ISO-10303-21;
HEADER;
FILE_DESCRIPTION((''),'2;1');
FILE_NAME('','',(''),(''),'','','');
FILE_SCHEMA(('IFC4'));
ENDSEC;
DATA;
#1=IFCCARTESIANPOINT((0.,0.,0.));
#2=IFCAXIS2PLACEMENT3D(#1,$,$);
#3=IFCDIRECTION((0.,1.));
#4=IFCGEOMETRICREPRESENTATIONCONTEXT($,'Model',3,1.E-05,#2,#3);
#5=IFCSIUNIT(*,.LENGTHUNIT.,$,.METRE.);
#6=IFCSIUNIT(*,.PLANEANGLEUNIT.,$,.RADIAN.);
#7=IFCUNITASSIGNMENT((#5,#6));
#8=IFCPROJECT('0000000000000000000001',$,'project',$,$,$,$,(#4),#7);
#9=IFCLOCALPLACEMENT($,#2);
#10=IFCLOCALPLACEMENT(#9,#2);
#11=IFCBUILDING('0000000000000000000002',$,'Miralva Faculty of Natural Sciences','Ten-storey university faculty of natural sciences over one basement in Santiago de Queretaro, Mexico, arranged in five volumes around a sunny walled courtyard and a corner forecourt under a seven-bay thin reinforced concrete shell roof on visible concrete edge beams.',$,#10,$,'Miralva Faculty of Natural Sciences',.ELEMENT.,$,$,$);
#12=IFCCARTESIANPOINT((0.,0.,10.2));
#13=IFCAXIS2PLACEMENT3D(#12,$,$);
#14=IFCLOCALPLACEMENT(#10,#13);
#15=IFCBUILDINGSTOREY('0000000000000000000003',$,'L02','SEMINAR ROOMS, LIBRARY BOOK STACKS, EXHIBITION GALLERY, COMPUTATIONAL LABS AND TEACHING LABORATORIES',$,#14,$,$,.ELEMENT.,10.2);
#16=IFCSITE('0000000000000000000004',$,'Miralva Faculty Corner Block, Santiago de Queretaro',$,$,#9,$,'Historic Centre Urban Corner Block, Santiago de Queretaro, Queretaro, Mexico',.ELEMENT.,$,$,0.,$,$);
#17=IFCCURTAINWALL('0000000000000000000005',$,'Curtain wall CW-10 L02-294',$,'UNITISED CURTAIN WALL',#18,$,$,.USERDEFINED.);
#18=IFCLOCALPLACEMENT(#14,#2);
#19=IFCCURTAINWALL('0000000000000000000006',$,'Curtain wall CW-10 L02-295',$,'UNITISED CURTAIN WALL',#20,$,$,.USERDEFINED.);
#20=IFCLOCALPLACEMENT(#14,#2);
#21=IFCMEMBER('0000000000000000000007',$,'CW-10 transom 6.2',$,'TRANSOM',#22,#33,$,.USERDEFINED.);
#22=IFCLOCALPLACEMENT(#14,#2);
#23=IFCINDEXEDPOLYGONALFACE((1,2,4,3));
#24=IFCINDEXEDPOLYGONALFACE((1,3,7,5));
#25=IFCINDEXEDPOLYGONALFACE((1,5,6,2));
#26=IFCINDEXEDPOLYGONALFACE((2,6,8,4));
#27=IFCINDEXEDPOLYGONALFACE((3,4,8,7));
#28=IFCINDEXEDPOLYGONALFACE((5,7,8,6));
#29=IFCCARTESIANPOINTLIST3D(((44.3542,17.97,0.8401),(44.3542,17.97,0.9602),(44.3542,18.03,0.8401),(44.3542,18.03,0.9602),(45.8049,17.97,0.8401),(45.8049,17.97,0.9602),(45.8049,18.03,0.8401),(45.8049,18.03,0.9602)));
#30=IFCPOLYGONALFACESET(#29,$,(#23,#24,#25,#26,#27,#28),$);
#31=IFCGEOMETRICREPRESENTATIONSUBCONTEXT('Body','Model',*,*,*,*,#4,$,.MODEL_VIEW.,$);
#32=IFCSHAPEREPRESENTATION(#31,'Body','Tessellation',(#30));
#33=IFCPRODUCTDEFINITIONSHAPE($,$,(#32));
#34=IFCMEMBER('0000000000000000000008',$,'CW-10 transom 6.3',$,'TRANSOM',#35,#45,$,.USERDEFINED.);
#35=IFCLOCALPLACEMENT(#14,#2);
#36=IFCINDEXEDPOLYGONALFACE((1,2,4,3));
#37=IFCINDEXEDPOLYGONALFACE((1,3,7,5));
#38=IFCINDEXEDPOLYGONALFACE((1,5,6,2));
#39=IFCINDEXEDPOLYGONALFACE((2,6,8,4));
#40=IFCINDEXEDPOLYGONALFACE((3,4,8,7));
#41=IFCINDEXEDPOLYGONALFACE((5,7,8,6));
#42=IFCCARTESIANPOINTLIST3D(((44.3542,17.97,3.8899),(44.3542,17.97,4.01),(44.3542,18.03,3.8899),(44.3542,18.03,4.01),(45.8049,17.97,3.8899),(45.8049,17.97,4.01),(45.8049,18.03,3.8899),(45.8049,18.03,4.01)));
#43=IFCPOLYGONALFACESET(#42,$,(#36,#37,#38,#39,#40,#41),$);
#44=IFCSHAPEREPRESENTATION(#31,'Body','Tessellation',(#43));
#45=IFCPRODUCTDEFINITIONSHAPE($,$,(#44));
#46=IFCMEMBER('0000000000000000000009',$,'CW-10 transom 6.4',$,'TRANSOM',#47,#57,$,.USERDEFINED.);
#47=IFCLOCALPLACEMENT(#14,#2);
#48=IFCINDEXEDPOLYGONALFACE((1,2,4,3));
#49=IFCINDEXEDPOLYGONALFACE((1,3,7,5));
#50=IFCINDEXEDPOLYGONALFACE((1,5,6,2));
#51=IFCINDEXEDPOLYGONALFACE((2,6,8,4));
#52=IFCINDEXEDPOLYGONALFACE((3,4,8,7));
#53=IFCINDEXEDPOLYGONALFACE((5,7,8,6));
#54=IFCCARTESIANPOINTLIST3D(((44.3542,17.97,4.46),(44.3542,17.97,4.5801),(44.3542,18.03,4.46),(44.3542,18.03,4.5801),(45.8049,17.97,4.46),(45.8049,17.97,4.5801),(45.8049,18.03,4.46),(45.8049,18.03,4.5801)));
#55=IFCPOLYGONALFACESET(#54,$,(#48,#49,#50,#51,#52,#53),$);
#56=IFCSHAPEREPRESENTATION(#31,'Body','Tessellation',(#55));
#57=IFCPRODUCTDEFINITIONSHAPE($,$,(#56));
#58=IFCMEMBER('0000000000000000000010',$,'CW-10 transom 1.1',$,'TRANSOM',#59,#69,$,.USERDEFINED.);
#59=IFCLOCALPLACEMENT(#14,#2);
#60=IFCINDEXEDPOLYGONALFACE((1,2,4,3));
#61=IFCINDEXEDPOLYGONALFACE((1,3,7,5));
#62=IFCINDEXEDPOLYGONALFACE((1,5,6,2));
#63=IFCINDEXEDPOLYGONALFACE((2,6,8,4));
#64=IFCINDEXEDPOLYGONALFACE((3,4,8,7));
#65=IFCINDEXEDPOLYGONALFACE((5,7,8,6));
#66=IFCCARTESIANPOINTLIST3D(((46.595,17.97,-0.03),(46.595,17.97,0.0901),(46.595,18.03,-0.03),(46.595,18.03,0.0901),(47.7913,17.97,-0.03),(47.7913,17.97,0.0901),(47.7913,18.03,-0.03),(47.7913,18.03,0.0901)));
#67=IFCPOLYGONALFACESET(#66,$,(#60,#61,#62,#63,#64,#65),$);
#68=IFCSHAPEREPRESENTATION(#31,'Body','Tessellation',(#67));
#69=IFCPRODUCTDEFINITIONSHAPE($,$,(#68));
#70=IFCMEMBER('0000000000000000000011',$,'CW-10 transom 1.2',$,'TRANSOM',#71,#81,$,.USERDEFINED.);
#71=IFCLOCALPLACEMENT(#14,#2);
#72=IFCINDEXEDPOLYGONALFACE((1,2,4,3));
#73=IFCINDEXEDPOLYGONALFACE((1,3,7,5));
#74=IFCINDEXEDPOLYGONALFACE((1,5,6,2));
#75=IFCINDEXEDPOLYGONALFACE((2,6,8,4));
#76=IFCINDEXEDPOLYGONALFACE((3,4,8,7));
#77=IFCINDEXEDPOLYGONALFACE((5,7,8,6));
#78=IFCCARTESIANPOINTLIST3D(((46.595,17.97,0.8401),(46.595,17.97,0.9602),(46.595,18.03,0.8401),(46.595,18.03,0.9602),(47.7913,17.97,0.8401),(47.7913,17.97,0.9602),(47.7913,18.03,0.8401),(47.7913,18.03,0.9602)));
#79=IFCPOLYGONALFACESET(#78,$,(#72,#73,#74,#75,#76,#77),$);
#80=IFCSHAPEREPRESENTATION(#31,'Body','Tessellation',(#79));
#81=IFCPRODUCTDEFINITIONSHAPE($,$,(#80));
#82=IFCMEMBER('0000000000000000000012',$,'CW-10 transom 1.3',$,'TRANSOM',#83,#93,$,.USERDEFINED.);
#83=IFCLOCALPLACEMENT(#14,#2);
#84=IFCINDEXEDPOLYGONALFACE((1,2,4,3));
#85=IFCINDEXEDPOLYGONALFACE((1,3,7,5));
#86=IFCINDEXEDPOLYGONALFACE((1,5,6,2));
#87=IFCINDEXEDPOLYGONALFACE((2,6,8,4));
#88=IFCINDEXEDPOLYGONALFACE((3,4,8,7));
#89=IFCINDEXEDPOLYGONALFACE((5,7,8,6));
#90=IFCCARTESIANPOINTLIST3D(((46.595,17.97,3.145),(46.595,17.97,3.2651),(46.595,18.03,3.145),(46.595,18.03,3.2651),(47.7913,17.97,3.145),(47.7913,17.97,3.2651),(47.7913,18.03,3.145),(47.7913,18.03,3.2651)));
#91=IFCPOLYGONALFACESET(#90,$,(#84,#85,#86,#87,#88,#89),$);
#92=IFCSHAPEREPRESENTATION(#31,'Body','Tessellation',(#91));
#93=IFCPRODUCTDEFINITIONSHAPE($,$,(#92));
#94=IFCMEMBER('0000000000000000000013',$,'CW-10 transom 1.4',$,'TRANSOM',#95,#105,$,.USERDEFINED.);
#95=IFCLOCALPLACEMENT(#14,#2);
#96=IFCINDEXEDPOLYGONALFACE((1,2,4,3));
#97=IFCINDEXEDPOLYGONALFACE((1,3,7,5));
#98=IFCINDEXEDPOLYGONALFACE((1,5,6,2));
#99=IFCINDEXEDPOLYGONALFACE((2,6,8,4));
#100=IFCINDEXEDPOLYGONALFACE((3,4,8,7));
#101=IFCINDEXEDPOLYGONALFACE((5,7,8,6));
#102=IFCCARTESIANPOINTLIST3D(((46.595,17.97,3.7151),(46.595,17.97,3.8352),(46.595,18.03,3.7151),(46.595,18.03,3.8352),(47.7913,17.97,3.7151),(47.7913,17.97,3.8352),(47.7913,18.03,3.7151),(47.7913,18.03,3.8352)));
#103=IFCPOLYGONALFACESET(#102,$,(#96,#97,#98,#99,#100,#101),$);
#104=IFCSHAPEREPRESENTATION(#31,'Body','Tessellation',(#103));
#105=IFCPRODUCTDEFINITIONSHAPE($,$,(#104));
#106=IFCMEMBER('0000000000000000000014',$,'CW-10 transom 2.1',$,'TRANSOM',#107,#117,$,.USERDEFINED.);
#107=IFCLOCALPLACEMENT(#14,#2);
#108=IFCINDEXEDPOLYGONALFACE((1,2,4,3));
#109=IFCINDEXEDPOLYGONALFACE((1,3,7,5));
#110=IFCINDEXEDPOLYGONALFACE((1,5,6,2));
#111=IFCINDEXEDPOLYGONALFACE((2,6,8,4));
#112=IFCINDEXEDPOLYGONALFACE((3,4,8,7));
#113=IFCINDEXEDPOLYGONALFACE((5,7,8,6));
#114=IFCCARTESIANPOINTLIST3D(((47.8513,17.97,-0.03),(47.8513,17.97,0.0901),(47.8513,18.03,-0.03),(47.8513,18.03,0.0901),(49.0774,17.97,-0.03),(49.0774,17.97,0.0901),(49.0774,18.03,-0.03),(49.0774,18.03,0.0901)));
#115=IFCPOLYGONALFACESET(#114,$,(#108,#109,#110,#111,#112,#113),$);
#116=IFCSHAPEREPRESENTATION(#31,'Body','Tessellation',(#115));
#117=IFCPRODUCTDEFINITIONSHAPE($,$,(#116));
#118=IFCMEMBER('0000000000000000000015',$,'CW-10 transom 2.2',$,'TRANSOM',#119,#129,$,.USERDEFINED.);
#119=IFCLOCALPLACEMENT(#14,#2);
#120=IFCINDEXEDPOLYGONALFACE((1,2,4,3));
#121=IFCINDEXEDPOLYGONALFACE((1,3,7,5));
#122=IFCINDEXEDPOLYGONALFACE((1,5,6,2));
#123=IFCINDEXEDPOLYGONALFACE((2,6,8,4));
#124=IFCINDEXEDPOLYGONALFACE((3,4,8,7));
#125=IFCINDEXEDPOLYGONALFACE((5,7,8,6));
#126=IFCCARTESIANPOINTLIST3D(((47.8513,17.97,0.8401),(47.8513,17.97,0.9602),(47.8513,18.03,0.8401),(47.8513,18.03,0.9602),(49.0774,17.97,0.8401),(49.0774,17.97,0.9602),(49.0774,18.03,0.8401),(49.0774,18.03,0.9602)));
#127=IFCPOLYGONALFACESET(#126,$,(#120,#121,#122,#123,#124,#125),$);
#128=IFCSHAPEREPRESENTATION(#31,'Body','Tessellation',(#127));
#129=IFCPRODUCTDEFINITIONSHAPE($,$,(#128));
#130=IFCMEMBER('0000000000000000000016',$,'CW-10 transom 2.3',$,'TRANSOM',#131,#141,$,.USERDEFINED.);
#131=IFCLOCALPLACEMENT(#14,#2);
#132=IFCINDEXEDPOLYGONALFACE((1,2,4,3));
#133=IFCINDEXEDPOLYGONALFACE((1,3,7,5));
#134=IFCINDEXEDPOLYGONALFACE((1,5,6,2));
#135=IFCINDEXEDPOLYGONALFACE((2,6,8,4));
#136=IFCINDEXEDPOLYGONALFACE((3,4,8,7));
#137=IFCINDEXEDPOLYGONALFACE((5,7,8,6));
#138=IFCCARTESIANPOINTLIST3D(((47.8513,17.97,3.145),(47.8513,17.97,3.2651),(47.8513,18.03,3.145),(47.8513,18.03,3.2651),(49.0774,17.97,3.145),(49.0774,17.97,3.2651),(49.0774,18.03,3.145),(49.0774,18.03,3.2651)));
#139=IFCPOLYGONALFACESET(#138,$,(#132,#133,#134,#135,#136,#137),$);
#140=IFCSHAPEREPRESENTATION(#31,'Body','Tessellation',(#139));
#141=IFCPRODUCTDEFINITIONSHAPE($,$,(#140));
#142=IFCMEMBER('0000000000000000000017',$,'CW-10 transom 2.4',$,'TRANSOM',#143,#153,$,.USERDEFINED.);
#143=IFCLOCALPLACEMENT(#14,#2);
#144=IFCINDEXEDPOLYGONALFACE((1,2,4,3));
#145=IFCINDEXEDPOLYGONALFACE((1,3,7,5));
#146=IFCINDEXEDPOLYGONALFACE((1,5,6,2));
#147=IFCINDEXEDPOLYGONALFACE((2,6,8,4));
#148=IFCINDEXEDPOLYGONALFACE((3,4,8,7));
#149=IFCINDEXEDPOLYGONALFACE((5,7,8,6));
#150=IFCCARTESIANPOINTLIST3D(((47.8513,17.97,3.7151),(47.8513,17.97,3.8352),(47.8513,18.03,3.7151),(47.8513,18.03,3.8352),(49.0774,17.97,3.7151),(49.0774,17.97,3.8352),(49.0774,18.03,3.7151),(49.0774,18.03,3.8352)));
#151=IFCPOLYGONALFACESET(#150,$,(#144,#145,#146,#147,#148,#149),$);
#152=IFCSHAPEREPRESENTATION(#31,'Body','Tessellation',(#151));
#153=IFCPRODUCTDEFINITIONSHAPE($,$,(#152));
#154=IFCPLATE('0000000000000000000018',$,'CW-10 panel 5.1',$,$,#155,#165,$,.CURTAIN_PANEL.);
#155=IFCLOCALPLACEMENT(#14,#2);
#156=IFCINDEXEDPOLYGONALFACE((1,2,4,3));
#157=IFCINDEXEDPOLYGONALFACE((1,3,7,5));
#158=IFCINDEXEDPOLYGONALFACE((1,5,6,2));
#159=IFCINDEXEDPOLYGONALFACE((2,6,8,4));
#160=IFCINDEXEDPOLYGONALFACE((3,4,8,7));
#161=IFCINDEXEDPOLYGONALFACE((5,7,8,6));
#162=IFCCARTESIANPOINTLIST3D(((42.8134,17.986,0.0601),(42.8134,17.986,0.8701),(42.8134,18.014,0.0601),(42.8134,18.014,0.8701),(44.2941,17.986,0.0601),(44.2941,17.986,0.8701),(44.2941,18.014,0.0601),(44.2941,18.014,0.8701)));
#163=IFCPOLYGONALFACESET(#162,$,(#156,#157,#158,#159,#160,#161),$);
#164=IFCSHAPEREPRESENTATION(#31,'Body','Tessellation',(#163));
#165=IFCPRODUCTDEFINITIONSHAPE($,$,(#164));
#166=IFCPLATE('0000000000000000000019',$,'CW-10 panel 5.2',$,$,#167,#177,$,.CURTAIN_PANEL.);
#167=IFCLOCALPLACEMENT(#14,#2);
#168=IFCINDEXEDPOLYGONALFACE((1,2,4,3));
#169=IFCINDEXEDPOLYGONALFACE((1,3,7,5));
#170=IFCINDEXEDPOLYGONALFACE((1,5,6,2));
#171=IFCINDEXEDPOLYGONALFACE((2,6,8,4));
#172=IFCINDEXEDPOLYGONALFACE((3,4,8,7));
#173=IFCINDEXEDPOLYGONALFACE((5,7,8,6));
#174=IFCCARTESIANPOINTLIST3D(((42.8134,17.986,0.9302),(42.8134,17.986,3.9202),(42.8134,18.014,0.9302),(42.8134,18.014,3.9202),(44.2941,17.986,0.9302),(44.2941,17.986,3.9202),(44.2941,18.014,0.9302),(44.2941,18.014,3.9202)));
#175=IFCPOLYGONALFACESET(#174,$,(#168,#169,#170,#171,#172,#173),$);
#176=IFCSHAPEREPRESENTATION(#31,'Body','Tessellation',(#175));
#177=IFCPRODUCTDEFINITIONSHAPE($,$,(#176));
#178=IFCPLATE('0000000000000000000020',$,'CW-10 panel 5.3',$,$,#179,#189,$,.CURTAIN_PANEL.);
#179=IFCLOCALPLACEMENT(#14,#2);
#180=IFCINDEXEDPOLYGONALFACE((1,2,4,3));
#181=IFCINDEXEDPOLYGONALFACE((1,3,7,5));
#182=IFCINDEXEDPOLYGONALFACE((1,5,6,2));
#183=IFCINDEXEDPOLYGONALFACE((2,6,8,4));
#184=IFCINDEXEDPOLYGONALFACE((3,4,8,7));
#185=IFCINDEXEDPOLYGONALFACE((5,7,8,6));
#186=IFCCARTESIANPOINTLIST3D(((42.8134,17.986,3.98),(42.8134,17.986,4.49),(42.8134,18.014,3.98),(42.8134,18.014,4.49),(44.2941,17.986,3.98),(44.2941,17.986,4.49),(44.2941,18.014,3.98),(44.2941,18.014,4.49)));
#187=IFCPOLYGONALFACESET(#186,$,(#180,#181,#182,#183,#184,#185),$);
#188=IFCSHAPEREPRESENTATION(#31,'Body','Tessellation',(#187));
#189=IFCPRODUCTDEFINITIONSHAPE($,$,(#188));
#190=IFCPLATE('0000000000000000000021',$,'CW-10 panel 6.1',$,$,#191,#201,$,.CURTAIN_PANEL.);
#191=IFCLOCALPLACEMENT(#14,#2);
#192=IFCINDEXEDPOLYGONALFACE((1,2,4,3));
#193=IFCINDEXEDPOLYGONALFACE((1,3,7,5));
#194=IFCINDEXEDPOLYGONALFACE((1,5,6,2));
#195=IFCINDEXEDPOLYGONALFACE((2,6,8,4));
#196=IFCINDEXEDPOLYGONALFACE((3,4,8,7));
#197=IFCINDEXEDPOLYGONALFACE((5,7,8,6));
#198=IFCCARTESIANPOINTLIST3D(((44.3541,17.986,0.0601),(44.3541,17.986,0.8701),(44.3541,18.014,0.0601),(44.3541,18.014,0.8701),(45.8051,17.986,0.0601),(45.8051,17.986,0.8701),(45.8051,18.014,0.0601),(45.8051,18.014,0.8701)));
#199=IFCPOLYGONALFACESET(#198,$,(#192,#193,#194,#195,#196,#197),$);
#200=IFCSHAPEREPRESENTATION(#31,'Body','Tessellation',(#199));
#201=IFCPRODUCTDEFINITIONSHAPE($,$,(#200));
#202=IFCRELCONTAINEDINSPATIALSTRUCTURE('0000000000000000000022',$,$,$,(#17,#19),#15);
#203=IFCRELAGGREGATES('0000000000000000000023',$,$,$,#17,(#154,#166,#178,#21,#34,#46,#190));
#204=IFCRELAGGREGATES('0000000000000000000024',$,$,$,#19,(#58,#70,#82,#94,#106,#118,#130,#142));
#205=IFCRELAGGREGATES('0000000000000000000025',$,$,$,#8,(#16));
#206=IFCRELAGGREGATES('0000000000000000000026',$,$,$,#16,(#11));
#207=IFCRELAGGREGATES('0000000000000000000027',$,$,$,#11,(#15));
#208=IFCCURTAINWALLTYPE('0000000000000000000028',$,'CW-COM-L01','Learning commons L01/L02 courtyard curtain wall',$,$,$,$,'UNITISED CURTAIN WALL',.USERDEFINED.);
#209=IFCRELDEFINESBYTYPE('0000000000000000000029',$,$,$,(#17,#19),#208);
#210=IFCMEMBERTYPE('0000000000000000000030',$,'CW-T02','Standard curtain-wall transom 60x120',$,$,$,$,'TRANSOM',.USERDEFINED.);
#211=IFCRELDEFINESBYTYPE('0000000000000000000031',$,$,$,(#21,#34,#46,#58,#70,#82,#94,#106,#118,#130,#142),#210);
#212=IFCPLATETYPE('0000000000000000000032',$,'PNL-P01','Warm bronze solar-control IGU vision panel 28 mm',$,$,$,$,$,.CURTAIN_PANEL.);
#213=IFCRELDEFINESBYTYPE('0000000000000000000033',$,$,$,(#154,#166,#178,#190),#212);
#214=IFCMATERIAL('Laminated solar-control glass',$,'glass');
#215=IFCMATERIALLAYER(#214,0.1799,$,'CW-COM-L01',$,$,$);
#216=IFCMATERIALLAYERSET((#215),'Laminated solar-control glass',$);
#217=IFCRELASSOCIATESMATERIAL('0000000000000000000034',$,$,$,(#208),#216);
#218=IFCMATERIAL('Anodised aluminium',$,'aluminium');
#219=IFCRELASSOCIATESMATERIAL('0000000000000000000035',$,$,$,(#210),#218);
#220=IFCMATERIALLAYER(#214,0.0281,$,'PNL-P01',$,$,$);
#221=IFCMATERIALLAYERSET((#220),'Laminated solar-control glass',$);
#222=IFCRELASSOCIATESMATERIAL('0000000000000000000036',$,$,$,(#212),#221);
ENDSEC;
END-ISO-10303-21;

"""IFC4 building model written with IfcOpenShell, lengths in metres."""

from ifc_helpers import new_model, si_unit, direction, frame, origin, origin_2d, place, context, subcontext, project, spatial, rectangle, extrude, material, layer, layer_set, material_profile, profile_set, type_object, element, aggregate, save


model = new_model("IFC4")

# Units and contexts
model_context = context("Model", 3, precision=1e-05, world=origin(), true_north=direction((0.0, 1.0)))
body_context = subcontext(model_context, "Body", "Model", "MODEL_VIEW")
ifc_project = project(units=[si_unit("LENGTHUNIT", "METRE"), si_unit("PLANEANGLEUNIT", "RADIAN")], contexts=[model_context])

# Site, building, storey
site_placement = place(None, origin())
site = spatial("IfcSite", under=ifc_project, at=site_placement, Name="Miralva Faculty Corner Block, Santiago de Queretaro", LongName="Historic Centre Urban Corner Block, Santiago de Queretaro, Queretaro, Mexico", CompositionType="ELEMENT", RefElevation=0.0)
building_placement = place(site_placement, origin())
building = spatial("IfcBuilding", under=site, at=building_placement, Name="Miralva Faculty of Natural Sciences", Description="Ten-storey university faculty of natural sciences over one basement in Santiago de Queretaro, Mexico, arranged in five volumes around a sunny walled courtyard and a corner forecourt under a seven-bay thin reinforced concrete shell roof on visible concrete edge beams.", LongName="Miralva Faculty of Natural Sciences", CompositionType="ELEMENT")
storey_placement = place(building_placement, frame((0.0, 0.0, 10.2)))
storey = spatial("IfcBuildingStorey", under=building, at=storey_placement, Name="L02", Description="SEMINAR ROOMS, LIBRARY BOOK STACKS, EXHIBITION GALLERY, COMPUTATIONAL LABS AND TEACHING LABORATORIES", CompositionType="ELEMENT", Elevation=10.2)

# Shared definitions
ifc_material_1 = material(Name="Laminated solar-control glass", Category="glass")
ifc_material_2 = material(Name="Anodised aluminium", Category="aluminium")

# Curtain walls
ifc_layer_1 = layer(ifc_material_1, 0.1799, Name="CW-COM-L01")
ifc_layer_set_1 = layer_set([ifc_layer_1], Name="Laminated solar-control glass")
curtain_wall_type_1 = type_object("IfcCurtainWallType", Name="CW-COM-L01", Description="Learning commons L01/L02 courtyard curtain wall", ElementType="UNITISED CURTAIN WALL", PredefinedType="USERDEFINED", material=ifc_layer_set_1)
curtain_wall_1_placement = place(storey_placement, origin())
curtain_wall_1 = element("IfcCurtainWall", 1, at=curtain_wall_1_placement, inside=storey, type_object=curtain_wall_type_1, Name="Curtain wall CW-10 L02-294", ObjectType="UNITISED CURTAIN WALL", PredefinedType="USERDEFINED")
curtain_wall_2_placement = place(storey_placement, origin())
curtain_wall_2 = element("IfcCurtainWall", 2, at=curtain_wall_2_placement, inside=storey, type_object=curtain_wall_type_1, Name="Curtain wall CW-10 L02-295", ObjectType="UNITISED CURTAIN WALL", PredefinedType="USERDEFINED")

# Members
ifc_material_profile_1 = material_profile(ifc_material_2, rectangle(XDim=0.0601, YDim=0.1201, at=origin_2d()), Name="TRANSOM 60x120")
ifc_profile_set_1 = profile_set([ifc_material_profile_1], Name="Anodised aluminium")
member_type_1 = type_object("IfcMemberType", Name="CW-T02", Description="Standard curtain-wall transom 60x120", ElementType="TRANSOM", PredefinedType="USERDEFINED", material=ifc_profile_set_1)
member_1_placement = place(storey_placement, frame((44.3542, 18.0, 0.9001), z_axis=(1.0, 0.0, 0.0), x_axis=(0.0, 1.0, 0.0)))
member_1 = element("IfcMember", 3, at=member_1_placement, type_object=member_type_1, Name="CW-10 transom 6.2", ObjectType="TRANSOM", PredefinedType="USERDEFINED", context=body_context, shape_type="SweptSolid", body=[
    extrude(rectangle(XDim=0.0601, YDim=0.1201, at=origin_2d()), origin(), (0.0, 0.0, 1.0), 1.4507),
])
member_2_placement = place(storey_placement, frame((44.3542, 18.0, 3.95), z_axis=(1.0, 0.0, 0.0), x_axis=(0.0, 1.0, 0.0)))
member_2 = element("IfcMember", 4, at=member_2_placement, type_object=member_type_1, Name="CW-10 transom 6.3", ObjectType="TRANSOM", PredefinedType="USERDEFINED", context=body_context, shape_type="SweptSolid", body=[
    extrude(rectangle(XDim=0.0601, YDim=0.1201, at=origin_2d()), origin(), (0.0, 0.0, 1.0), 1.4507),
])
member_3_placement = place(storey_placement, frame((44.3542, 18.0, 4.52), z_axis=(1.0, 0.0, 0.0), x_axis=(0.0, 1.0, 0.0)))
member_3 = element("IfcMember", 5, at=member_3_placement, type_object=member_type_1, Name="CW-10 transom 6.4", ObjectType="TRANSOM", PredefinedType="USERDEFINED", context=body_context, shape_type="SweptSolid", body=[
    extrude(rectangle(XDim=0.0601, YDim=0.1201, at=origin_2d()), origin(), (0.0, 0.0, 1.0), 1.4507),
])
member_4_placement = place(storey_placement, frame((46.595, 18.0, 0.03), z_axis=(1.0, 0.0, 0.0), x_axis=(0.0, 1.0, 0.0)))
member_4 = element("IfcMember", 6, at=member_4_placement, type_object=member_type_1, Name="CW-10 transom 1.1", ObjectType="TRANSOM", PredefinedType="USERDEFINED", context=body_context, shape_type="SweptSolid", body=[
    extrude(rectangle(XDim=0.0601, YDim=0.1201, at=origin_2d()), origin(), (0.0, 0.0, 1.0), 1.1963),
])
member_5_placement = place(storey_placement, frame((46.595, 18.0, 0.9001), z_axis=(1.0, 0.0, 0.0), x_axis=(0.0, 1.0, 0.0)))
member_5 = element("IfcMember", 7, at=member_5_placement, type_object=member_type_1, Name="CW-10 transom 1.2", ObjectType="TRANSOM", PredefinedType="USERDEFINED", context=body_context, shape_type="SweptSolid", body=[
    extrude(rectangle(XDim=0.0601, YDim=0.1201, at=origin_2d()), origin(), (0.0, 0.0, 1.0), 1.1963),
])
member_6_placement = place(storey_placement, frame((46.595, 18.0, 3.2051), z_axis=(1.0, 0.0, 0.0), x_axis=(0.0, 1.0, 0.0)))
member_6 = element("IfcMember", 8, at=member_6_placement, type_object=member_type_1, Name="CW-10 transom 1.3", ObjectType="TRANSOM", PredefinedType="USERDEFINED", context=body_context, shape_type="SweptSolid", body=[
    extrude(rectangle(XDim=0.0601, YDim=0.1201, at=origin_2d()), origin(), (0.0, 0.0, 1.0), 1.1963),
])
member_7_placement = place(storey_placement, frame((46.595, 18.0, 3.7751), z_axis=(1.0, 0.0, 0.0), x_axis=(0.0, 1.0, 0.0)))
member_7 = element("IfcMember", 9, at=member_7_placement, type_object=member_type_1, Name="CW-10 transom 1.4", ObjectType="TRANSOM", PredefinedType="USERDEFINED", context=body_context, shape_type="SweptSolid", body=[
    extrude(rectangle(XDim=0.0601, YDim=0.1201, at=origin_2d()), origin(), (0.0, 0.0, 1.0), 1.1963),
])
member_8_placement = place(storey_placement, frame((47.8513, 18.0, 0.03), z_axis=(1.0, 0.0, 0.0), x_axis=(0.0, 1.0, 0.0)))
member_8 = element("IfcMember", 10, at=member_8_placement, type_object=member_type_1, Name="CW-10 transom 2.1", ObjectType="TRANSOM", PredefinedType="USERDEFINED", context=body_context, shape_type="SweptSolid", body=[
    extrude(rectangle(XDim=0.0601, YDim=0.1201, at=origin_2d()), origin(), (0.0, 0.0, 1.0), 1.2261),
])
member_9_placement = place(storey_placement, frame((47.8513, 18.0, 0.9001), z_axis=(1.0, 0.0, 0.0), x_axis=(0.0, 1.0, 0.0)))
member_9 = element("IfcMember", 11, at=member_9_placement, type_object=member_type_1, Name="CW-10 transom 2.2", ObjectType="TRANSOM", PredefinedType="USERDEFINED", context=body_context, shape_type="SweptSolid", body=[
    extrude(rectangle(XDim=0.0601, YDim=0.1201, at=origin_2d()), origin(), (0.0, 0.0, 1.0), 1.2261),
])
member_10_placement = place(storey_placement, frame((47.8513, 18.0, 3.2051), z_axis=(1.0, 0.0, 0.0), x_axis=(0.0, 1.0, 0.0)))
member_10 = element("IfcMember", 12, at=member_10_placement, type_object=member_type_1, Name="CW-10 transom 2.3", ObjectType="TRANSOM", PredefinedType="USERDEFINED", context=body_context, shape_type="SweptSolid", body=[
    extrude(rectangle(XDim=0.0601, YDim=0.1201, at=origin_2d()), origin(), (0.0, 0.0, 1.0), 1.2261),
])
member_11_placement = place(storey_placement, frame((47.8513, 18.0, 3.7751), z_axis=(1.0, 0.0, 0.0), x_axis=(0.0, 1.0, 0.0)))
member_11 = element("IfcMember", 13, at=member_11_placement, type_object=member_type_1, Name="CW-10 transom 2.4", ObjectType="TRANSOM", PredefinedType="USERDEFINED", context=body_context, shape_type="SweptSolid", body=[
    extrude(rectangle(XDim=0.0601, YDim=0.1201, at=origin_2d()), origin(), (0.0, 0.0, 1.0), 1.2261),
])

# Plates
ifc_layer_2 = layer(ifc_material_1, 0.0281, Name="PNL-P01")
ifc_layer_set_2 = layer_set([ifc_layer_2], Name="Laminated solar-control glass")
plate_type = type_object("IfcPlateType", Name="PNL-P01", Description="Warm bronze solar-control IGU vision panel 28 mm", PredefinedType="CURTAIN_PANEL", material=ifc_layer_set_2)
plate_1_placement = place(storey_placement, frame((43.5537, 18.0, 0.0601), z_axis=(0.0, 0.0, 1.0), x_axis=(1.0, 0.0, 0.0)))
plate_1 = element("IfcPlate", 14, at=plate_1_placement, type_object=plate_type, Name="CW-10 panel 5.1", PredefinedType="CURTAIN_PANEL", context=body_context, shape_type="SweptSolid", body=[
    extrude(rectangle(XDim=1.4807, YDim=0.0281, at=origin_2d()), origin(), (0.0, 0.0, 1.0), 0.8101),
])
plate_2_placement = place(storey_placement, frame((43.5537, 18.0, 0.9302), z_axis=(0.0, 0.0, 1.0), x_axis=(1.0, 0.0, 0.0)))
plate_2 = element("IfcPlate", 15, at=plate_2_placement, type_object=plate_type, Name="CW-10 panel 5.2", PredefinedType="CURTAIN_PANEL", context=body_context, shape_type="SweptSolid", body=[
    extrude(rectangle(XDim=1.4807, YDim=0.0281, at=origin_2d()), origin(), (0.0, 0.0, 1.0), 2.99),
])
plate_3_placement = place(storey_placement, frame((43.5537, 18.0, 3.98), z_axis=(0.0, 0.0, 1.0), x_axis=(1.0, 0.0, 0.0)))
plate_3 = element("IfcPlate", 16, at=plate_3_placement, type_object=plate_type, Name="CW-10 panel 5.3", PredefinedType="CURTAIN_PANEL", context=body_context, shape_type="SweptSolid", body=[
    extrude(rectangle(XDim=1.4807, YDim=0.0281, at=origin_2d()), origin(), (0.0, 0.0, 1.0), 0.51),
])
plate_4_placement = place(storey_placement, frame((45.0796, 18.0, 0.0601), z_axis=(0.0, 0.0, 1.0), x_axis=(1.0, 0.0, 0.0)))
plate_4 = element("IfcPlate", 17, at=plate_4_placement, type_object=plate_type, Name="CW-10 panel 6.1", PredefinedType="CURTAIN_PANEL", context=body_context, shape_type="SweptSolid", body=[
    extrude(rectangle(XDim=1.4509, YDim=0.0281, at=origin_2d()), origin(), (0.0, 0.0, 1.0), 0.8101),
])
aggregate(curtain_wall_1, [plate_1, plate_2, plate_3, member_1, member_2, member_3, plate_4])
aggregate(curtain_wall_2, [member_4, member_5, member_6, member_7, member_8, member_9, member_10, member_11])

save(model, "model.ifc")
